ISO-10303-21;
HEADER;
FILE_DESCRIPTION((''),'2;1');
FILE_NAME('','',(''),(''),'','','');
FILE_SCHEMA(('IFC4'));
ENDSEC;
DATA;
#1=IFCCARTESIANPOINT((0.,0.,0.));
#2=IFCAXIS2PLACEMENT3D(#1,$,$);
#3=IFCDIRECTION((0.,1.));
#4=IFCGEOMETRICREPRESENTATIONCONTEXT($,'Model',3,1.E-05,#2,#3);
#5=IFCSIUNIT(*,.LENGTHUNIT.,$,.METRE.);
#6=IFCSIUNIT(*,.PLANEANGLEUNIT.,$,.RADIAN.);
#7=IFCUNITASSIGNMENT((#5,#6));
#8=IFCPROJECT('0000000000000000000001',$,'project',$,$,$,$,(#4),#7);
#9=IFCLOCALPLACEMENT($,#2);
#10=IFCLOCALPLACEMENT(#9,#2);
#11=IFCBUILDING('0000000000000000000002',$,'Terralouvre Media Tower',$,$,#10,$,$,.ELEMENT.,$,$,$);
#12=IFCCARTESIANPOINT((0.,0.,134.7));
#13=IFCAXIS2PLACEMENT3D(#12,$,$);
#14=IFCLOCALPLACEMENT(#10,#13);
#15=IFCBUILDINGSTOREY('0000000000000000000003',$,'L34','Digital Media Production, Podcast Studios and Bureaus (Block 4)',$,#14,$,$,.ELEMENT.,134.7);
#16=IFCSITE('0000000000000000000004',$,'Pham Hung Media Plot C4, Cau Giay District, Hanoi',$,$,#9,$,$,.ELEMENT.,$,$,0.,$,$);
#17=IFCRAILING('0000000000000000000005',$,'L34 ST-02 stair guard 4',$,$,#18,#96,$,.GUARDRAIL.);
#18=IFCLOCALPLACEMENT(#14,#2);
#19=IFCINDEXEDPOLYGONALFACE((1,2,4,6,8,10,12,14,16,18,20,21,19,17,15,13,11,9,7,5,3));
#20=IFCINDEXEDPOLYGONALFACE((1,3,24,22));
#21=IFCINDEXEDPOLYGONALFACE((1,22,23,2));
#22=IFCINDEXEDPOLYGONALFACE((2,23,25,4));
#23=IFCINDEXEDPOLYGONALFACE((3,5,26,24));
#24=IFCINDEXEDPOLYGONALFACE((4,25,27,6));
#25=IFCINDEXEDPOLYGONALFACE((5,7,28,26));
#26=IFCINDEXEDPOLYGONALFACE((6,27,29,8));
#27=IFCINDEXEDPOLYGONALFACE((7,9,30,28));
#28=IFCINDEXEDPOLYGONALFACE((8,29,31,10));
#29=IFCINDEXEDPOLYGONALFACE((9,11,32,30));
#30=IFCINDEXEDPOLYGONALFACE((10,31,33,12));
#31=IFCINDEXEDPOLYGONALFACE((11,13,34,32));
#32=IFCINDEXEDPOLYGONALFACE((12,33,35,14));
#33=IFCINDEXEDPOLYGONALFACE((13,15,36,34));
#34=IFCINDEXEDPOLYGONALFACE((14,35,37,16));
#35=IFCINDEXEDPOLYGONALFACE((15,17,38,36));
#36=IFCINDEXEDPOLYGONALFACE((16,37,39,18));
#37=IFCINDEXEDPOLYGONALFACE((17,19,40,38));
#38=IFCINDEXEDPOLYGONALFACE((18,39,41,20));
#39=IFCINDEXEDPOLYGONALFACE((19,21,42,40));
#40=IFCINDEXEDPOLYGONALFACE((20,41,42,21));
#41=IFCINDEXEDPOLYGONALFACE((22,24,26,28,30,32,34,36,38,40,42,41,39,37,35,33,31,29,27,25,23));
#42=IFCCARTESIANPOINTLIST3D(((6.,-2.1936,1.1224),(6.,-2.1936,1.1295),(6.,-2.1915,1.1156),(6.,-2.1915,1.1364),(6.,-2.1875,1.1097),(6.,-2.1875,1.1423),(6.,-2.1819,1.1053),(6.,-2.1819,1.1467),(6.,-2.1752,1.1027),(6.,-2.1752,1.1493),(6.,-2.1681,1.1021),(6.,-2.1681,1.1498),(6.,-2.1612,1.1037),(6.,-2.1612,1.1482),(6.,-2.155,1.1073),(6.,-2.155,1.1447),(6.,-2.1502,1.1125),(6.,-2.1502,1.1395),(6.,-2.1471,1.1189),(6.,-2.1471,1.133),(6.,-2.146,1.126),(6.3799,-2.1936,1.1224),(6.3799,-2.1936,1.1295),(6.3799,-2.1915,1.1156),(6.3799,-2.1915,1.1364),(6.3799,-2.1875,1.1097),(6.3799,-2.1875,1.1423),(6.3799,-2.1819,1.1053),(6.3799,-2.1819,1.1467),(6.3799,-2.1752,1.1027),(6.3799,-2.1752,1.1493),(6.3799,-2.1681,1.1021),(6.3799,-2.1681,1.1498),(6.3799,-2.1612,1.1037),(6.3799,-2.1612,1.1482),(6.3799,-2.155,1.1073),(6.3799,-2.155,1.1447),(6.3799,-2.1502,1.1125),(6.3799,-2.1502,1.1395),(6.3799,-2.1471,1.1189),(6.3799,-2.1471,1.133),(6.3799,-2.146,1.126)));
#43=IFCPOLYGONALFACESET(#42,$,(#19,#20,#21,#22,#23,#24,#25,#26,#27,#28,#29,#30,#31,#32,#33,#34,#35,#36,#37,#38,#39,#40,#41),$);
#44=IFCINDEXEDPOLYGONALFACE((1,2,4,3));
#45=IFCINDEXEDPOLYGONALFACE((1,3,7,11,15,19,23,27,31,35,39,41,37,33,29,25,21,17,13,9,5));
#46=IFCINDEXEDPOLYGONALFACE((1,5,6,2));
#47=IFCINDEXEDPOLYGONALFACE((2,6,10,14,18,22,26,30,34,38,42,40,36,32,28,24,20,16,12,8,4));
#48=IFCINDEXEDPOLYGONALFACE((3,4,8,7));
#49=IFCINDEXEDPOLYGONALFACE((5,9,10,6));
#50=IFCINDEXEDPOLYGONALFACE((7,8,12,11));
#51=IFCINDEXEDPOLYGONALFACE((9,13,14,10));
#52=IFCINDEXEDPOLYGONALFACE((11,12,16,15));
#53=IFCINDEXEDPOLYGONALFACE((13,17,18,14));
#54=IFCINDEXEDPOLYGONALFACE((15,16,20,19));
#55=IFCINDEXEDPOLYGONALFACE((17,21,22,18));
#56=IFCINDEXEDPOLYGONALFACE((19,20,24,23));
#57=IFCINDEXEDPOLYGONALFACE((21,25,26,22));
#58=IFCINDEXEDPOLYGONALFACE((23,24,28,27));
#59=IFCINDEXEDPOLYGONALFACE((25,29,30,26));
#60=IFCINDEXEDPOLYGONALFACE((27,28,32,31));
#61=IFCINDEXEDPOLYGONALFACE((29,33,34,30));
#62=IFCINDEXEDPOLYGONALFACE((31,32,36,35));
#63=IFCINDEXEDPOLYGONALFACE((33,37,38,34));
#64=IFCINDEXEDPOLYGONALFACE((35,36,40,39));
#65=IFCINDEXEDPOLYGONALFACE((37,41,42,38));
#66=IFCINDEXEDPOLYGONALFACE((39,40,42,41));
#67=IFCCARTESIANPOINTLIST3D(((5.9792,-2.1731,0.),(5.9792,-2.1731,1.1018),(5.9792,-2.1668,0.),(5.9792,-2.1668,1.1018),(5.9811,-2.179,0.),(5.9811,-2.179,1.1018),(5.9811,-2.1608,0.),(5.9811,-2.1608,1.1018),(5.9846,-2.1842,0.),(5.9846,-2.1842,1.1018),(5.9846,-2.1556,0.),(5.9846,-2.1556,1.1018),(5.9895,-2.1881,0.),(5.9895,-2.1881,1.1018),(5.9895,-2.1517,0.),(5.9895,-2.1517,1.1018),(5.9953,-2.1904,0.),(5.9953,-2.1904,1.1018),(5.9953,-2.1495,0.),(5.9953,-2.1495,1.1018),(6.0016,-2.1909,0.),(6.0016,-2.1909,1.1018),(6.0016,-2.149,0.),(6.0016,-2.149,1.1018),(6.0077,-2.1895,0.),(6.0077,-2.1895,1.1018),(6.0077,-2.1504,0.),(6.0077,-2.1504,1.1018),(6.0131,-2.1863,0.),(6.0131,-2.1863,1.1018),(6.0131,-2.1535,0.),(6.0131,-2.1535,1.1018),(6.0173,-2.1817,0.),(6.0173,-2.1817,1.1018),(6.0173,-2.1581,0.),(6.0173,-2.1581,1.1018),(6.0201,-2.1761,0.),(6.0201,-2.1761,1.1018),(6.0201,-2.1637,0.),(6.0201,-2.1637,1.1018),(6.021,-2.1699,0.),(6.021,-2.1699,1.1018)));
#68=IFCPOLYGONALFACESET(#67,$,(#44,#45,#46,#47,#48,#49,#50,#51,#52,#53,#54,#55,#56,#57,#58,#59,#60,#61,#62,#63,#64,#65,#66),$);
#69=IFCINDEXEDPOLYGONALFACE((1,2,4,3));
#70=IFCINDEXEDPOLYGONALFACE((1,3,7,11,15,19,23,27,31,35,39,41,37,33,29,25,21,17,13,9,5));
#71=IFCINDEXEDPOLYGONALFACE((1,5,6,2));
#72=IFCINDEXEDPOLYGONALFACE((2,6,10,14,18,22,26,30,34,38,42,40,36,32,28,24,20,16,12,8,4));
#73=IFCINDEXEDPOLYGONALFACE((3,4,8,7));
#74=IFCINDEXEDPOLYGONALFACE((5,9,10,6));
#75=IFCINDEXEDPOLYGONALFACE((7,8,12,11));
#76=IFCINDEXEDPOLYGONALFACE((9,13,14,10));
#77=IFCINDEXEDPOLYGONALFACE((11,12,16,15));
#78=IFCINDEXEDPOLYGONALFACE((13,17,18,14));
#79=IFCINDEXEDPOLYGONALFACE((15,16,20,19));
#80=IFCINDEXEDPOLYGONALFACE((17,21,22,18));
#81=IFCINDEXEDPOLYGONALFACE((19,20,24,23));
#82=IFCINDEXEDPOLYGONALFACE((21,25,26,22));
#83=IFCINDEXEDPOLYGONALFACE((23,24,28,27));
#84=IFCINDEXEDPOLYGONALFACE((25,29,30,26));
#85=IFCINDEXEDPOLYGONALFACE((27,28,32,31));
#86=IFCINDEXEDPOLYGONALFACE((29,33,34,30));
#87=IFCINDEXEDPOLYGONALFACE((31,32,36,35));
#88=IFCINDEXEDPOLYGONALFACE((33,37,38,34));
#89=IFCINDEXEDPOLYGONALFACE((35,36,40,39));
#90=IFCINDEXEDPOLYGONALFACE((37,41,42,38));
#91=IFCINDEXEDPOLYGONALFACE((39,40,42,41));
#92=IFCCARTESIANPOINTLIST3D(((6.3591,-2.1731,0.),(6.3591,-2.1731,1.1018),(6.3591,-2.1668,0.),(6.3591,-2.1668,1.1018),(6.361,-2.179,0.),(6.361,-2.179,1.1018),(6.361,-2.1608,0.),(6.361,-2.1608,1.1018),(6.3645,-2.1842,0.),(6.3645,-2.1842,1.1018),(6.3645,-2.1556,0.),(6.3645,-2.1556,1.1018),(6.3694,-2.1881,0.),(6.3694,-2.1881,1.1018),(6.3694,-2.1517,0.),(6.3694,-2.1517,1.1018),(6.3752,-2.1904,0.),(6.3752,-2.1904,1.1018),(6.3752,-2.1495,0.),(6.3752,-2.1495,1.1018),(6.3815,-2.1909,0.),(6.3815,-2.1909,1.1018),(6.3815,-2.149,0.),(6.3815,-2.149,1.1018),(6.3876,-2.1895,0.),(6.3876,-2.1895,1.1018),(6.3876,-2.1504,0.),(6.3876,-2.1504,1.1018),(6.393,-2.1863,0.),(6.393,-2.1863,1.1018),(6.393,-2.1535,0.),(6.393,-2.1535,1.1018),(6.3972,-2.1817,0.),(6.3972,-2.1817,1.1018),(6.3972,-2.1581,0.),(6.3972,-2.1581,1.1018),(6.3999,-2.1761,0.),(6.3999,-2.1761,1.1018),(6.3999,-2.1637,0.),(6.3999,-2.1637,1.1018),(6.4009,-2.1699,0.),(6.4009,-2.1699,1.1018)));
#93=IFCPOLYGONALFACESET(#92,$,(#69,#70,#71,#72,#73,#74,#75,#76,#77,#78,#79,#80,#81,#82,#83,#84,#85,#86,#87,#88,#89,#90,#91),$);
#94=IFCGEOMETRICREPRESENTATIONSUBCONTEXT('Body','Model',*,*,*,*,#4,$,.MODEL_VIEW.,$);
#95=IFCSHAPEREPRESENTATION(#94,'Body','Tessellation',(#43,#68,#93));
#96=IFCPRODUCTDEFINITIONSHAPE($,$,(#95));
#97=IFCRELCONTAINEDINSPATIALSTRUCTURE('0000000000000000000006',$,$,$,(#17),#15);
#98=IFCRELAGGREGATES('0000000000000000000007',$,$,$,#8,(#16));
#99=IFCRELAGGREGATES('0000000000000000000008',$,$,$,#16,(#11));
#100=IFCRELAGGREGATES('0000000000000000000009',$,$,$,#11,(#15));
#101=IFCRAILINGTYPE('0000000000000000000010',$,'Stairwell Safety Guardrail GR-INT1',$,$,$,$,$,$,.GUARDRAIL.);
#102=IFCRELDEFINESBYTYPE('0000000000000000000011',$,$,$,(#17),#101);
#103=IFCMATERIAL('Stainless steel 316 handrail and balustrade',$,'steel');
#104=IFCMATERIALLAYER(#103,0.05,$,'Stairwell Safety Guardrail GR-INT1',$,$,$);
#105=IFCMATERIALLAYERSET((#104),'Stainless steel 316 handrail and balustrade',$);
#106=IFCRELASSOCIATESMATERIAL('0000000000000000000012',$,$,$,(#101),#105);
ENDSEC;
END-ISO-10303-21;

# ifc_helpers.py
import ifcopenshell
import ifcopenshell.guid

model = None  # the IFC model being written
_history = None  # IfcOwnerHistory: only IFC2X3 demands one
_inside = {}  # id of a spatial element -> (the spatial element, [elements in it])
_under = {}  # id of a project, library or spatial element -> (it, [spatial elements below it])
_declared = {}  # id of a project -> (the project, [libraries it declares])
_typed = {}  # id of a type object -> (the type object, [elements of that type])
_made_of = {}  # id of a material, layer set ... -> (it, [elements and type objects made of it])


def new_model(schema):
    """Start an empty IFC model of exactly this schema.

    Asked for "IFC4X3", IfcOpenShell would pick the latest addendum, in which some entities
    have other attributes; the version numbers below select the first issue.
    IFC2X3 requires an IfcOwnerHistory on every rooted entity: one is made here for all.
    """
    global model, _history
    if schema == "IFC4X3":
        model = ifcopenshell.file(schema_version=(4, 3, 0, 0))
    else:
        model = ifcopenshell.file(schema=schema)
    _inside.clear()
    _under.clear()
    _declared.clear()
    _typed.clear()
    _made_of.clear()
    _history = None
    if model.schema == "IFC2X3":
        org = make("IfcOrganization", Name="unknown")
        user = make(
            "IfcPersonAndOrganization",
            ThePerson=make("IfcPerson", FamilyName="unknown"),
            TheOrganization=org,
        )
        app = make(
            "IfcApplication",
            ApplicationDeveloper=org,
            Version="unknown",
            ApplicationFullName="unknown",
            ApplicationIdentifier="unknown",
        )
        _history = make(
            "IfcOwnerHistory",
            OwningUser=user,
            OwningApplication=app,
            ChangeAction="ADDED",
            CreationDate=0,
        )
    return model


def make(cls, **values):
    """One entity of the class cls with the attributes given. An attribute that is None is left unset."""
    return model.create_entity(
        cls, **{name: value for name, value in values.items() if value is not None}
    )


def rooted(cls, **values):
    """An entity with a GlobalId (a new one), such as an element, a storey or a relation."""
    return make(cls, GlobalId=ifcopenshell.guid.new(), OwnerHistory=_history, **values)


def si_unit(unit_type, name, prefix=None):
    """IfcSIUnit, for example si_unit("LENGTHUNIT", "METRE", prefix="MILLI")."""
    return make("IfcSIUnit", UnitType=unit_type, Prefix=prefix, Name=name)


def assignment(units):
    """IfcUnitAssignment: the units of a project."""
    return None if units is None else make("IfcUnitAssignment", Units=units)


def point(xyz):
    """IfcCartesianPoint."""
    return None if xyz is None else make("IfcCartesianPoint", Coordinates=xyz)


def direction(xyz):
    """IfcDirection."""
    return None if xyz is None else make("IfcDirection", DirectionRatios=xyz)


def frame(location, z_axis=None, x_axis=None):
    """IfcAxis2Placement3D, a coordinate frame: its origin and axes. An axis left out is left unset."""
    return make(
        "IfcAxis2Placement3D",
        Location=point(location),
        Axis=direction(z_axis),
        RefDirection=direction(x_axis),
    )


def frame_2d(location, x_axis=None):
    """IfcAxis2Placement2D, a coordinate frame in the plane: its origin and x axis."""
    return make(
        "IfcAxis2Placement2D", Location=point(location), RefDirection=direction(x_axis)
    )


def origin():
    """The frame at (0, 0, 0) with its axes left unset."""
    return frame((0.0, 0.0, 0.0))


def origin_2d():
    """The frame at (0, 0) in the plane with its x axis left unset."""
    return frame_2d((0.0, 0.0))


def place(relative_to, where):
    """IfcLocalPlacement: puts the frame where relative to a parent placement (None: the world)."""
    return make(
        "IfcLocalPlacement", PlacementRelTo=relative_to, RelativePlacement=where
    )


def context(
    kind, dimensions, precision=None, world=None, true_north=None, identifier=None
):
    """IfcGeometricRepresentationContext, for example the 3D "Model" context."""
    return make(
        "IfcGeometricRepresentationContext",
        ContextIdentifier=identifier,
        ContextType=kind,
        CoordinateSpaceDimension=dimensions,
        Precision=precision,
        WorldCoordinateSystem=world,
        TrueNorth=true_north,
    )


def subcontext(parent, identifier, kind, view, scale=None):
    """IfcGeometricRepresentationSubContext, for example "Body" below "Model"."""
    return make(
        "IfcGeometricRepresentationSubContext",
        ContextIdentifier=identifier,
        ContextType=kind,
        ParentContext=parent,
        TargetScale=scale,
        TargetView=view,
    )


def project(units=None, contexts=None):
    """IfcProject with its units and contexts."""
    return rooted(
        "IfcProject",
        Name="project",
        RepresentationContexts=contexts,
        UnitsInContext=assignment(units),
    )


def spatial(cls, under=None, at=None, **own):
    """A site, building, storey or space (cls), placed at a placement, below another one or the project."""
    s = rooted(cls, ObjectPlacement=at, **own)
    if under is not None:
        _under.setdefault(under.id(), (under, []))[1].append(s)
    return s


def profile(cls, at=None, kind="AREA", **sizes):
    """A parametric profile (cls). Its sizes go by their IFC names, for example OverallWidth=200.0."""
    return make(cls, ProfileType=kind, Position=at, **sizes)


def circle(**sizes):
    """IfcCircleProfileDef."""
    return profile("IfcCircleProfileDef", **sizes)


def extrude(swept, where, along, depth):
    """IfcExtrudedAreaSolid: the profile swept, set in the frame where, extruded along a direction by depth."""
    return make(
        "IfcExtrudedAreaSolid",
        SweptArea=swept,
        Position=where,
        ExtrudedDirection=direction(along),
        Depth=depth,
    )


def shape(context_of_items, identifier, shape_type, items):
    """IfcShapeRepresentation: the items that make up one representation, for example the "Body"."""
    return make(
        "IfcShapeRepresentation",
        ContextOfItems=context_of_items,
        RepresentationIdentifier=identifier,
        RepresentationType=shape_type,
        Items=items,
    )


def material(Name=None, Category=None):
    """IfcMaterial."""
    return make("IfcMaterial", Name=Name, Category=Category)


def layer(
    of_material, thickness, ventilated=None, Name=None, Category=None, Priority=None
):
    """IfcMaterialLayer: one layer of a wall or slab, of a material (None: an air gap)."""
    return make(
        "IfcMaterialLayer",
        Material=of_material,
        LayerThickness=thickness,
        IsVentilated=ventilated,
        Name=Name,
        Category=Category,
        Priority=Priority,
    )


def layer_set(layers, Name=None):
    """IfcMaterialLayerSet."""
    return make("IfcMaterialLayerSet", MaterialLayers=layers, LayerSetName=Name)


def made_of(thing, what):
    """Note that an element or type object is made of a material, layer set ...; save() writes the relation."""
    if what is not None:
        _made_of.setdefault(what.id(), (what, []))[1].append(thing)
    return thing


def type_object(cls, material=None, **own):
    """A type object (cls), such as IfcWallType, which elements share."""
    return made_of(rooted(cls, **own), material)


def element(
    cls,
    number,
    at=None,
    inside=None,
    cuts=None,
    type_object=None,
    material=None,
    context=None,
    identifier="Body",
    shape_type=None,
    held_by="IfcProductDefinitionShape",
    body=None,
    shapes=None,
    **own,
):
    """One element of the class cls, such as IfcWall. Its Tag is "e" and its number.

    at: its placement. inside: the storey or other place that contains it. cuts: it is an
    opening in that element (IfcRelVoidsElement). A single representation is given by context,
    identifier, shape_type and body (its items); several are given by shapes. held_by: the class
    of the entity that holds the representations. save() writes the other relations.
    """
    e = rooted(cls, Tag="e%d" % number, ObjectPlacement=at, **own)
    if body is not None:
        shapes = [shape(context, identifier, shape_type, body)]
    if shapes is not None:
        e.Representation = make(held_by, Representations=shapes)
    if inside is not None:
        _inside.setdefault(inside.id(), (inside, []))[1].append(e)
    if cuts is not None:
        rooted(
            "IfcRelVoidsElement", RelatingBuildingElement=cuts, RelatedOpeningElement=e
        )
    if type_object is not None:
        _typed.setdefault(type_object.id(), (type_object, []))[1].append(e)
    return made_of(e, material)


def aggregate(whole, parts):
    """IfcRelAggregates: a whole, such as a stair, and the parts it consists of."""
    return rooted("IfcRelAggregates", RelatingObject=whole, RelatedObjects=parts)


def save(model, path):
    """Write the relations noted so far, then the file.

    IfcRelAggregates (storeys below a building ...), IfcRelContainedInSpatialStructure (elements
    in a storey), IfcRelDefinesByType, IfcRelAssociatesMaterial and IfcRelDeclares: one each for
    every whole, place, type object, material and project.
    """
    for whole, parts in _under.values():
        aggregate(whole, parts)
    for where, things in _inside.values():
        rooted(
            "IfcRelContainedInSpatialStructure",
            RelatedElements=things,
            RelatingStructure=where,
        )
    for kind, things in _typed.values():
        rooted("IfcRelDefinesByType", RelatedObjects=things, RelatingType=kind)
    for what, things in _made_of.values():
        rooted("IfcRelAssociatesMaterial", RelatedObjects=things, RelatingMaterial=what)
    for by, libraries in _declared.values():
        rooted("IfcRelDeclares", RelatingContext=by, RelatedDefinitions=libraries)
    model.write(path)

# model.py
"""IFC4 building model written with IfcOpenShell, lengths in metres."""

from ifc_helpers import new_model, si_unit, direction, frame, origin, origin_2d, place, context, subcontext, project, spatial, circle, extrude, material, layer, layer_set, type_object, element, save


model = new_model("IFC4")

# Units and contexts
model_context = context("Model", 3, precision=1e-05, world=origin(), true_north=direction((0.0, 1.0)))
body_context = subcontext(model_context, "Body", "Model", "MODEL_VIEW")
ifc_project = project(units=[si_unit("LENGTHUNIT", "METRE"), si_unit("PLANEANGLEUNIT", "RADIAN")], contexts=[model_context])

# Site, building, storey
site_placement = place(None, origin())
site = spatial("IfcSite", under=ifc_project, at=site_placement, Name="Pham Hung Media Plot C4, Cau Giay District, Hanoi", CompositionType="ELEMENT", RefElevation=0.0)
building_placement = place(site_placement, origin())
building = spatial("IfcBuilding", under=site, at=building_placement, Name="Terralouvre Media Tower", CompositionType="ELEMENT")
storey_placement = place(building_placement, frame((0.0, 0.0, 134.7)))
storey = spatial("IfcBuildingStorey", under=building, at=storey_placement, Name="L34", Description="Digital Media Production, Podcast Studios and Bureaus (Block 4)", CompositionType="ELEMENT", Elevation=134.7)

# Railing
ifc_material_1 = material(Name="Stainless steel 316 handrail and balustrade", Category="steel")
ifc_layer_1 = layer(ifc_material_1, 0.05, Name="Stairwell Safety Guardrail GR-INT1")
ifc_layer_set_1 = layer_set([ifc_layer_1], Name="Stainless steel 316 handrail and balustrade")
railing_type_1 = type_object("IfcRailingType", Name="Stairwell Safety Guardrail GR-INT1", PredefinedType="GUARDRAIL", material=ifc_layer_set_1)
railing_1_placement = place(storey_placement, frame((6.0, -2.1699, 0.0)))
element("IfcRailing", 1, at=railing_1_placement, inside=storey, type_object=railing_type_1, Name="L34 ST-02 stair guard 4", PredefinedType="GUARDRAIL", context=body_context, shape_type="SweptSolid", body=[
    extrude(circle(Radius=0.0239, at=origin_2d()), frame((0.0, 0.0, 1.126), z_axis=(1.0, 0.0, 0.0), x_axis=(0.0, 1.0, 0.0)), (0.0, 0.0, 1.0), 0.3799),
    extrude(circle(Radius=0.021, at=origin_2d()), origin(), (0.0, 0.0, 1.0), 1.1018),
    extrude(circle(Radius=0.021, at=origin_2d()), frame((0.3799, 0.0, 0.0)), (0.0, 0.0, 1.0), 1.1018),
])

save(model, "model.ifc")
